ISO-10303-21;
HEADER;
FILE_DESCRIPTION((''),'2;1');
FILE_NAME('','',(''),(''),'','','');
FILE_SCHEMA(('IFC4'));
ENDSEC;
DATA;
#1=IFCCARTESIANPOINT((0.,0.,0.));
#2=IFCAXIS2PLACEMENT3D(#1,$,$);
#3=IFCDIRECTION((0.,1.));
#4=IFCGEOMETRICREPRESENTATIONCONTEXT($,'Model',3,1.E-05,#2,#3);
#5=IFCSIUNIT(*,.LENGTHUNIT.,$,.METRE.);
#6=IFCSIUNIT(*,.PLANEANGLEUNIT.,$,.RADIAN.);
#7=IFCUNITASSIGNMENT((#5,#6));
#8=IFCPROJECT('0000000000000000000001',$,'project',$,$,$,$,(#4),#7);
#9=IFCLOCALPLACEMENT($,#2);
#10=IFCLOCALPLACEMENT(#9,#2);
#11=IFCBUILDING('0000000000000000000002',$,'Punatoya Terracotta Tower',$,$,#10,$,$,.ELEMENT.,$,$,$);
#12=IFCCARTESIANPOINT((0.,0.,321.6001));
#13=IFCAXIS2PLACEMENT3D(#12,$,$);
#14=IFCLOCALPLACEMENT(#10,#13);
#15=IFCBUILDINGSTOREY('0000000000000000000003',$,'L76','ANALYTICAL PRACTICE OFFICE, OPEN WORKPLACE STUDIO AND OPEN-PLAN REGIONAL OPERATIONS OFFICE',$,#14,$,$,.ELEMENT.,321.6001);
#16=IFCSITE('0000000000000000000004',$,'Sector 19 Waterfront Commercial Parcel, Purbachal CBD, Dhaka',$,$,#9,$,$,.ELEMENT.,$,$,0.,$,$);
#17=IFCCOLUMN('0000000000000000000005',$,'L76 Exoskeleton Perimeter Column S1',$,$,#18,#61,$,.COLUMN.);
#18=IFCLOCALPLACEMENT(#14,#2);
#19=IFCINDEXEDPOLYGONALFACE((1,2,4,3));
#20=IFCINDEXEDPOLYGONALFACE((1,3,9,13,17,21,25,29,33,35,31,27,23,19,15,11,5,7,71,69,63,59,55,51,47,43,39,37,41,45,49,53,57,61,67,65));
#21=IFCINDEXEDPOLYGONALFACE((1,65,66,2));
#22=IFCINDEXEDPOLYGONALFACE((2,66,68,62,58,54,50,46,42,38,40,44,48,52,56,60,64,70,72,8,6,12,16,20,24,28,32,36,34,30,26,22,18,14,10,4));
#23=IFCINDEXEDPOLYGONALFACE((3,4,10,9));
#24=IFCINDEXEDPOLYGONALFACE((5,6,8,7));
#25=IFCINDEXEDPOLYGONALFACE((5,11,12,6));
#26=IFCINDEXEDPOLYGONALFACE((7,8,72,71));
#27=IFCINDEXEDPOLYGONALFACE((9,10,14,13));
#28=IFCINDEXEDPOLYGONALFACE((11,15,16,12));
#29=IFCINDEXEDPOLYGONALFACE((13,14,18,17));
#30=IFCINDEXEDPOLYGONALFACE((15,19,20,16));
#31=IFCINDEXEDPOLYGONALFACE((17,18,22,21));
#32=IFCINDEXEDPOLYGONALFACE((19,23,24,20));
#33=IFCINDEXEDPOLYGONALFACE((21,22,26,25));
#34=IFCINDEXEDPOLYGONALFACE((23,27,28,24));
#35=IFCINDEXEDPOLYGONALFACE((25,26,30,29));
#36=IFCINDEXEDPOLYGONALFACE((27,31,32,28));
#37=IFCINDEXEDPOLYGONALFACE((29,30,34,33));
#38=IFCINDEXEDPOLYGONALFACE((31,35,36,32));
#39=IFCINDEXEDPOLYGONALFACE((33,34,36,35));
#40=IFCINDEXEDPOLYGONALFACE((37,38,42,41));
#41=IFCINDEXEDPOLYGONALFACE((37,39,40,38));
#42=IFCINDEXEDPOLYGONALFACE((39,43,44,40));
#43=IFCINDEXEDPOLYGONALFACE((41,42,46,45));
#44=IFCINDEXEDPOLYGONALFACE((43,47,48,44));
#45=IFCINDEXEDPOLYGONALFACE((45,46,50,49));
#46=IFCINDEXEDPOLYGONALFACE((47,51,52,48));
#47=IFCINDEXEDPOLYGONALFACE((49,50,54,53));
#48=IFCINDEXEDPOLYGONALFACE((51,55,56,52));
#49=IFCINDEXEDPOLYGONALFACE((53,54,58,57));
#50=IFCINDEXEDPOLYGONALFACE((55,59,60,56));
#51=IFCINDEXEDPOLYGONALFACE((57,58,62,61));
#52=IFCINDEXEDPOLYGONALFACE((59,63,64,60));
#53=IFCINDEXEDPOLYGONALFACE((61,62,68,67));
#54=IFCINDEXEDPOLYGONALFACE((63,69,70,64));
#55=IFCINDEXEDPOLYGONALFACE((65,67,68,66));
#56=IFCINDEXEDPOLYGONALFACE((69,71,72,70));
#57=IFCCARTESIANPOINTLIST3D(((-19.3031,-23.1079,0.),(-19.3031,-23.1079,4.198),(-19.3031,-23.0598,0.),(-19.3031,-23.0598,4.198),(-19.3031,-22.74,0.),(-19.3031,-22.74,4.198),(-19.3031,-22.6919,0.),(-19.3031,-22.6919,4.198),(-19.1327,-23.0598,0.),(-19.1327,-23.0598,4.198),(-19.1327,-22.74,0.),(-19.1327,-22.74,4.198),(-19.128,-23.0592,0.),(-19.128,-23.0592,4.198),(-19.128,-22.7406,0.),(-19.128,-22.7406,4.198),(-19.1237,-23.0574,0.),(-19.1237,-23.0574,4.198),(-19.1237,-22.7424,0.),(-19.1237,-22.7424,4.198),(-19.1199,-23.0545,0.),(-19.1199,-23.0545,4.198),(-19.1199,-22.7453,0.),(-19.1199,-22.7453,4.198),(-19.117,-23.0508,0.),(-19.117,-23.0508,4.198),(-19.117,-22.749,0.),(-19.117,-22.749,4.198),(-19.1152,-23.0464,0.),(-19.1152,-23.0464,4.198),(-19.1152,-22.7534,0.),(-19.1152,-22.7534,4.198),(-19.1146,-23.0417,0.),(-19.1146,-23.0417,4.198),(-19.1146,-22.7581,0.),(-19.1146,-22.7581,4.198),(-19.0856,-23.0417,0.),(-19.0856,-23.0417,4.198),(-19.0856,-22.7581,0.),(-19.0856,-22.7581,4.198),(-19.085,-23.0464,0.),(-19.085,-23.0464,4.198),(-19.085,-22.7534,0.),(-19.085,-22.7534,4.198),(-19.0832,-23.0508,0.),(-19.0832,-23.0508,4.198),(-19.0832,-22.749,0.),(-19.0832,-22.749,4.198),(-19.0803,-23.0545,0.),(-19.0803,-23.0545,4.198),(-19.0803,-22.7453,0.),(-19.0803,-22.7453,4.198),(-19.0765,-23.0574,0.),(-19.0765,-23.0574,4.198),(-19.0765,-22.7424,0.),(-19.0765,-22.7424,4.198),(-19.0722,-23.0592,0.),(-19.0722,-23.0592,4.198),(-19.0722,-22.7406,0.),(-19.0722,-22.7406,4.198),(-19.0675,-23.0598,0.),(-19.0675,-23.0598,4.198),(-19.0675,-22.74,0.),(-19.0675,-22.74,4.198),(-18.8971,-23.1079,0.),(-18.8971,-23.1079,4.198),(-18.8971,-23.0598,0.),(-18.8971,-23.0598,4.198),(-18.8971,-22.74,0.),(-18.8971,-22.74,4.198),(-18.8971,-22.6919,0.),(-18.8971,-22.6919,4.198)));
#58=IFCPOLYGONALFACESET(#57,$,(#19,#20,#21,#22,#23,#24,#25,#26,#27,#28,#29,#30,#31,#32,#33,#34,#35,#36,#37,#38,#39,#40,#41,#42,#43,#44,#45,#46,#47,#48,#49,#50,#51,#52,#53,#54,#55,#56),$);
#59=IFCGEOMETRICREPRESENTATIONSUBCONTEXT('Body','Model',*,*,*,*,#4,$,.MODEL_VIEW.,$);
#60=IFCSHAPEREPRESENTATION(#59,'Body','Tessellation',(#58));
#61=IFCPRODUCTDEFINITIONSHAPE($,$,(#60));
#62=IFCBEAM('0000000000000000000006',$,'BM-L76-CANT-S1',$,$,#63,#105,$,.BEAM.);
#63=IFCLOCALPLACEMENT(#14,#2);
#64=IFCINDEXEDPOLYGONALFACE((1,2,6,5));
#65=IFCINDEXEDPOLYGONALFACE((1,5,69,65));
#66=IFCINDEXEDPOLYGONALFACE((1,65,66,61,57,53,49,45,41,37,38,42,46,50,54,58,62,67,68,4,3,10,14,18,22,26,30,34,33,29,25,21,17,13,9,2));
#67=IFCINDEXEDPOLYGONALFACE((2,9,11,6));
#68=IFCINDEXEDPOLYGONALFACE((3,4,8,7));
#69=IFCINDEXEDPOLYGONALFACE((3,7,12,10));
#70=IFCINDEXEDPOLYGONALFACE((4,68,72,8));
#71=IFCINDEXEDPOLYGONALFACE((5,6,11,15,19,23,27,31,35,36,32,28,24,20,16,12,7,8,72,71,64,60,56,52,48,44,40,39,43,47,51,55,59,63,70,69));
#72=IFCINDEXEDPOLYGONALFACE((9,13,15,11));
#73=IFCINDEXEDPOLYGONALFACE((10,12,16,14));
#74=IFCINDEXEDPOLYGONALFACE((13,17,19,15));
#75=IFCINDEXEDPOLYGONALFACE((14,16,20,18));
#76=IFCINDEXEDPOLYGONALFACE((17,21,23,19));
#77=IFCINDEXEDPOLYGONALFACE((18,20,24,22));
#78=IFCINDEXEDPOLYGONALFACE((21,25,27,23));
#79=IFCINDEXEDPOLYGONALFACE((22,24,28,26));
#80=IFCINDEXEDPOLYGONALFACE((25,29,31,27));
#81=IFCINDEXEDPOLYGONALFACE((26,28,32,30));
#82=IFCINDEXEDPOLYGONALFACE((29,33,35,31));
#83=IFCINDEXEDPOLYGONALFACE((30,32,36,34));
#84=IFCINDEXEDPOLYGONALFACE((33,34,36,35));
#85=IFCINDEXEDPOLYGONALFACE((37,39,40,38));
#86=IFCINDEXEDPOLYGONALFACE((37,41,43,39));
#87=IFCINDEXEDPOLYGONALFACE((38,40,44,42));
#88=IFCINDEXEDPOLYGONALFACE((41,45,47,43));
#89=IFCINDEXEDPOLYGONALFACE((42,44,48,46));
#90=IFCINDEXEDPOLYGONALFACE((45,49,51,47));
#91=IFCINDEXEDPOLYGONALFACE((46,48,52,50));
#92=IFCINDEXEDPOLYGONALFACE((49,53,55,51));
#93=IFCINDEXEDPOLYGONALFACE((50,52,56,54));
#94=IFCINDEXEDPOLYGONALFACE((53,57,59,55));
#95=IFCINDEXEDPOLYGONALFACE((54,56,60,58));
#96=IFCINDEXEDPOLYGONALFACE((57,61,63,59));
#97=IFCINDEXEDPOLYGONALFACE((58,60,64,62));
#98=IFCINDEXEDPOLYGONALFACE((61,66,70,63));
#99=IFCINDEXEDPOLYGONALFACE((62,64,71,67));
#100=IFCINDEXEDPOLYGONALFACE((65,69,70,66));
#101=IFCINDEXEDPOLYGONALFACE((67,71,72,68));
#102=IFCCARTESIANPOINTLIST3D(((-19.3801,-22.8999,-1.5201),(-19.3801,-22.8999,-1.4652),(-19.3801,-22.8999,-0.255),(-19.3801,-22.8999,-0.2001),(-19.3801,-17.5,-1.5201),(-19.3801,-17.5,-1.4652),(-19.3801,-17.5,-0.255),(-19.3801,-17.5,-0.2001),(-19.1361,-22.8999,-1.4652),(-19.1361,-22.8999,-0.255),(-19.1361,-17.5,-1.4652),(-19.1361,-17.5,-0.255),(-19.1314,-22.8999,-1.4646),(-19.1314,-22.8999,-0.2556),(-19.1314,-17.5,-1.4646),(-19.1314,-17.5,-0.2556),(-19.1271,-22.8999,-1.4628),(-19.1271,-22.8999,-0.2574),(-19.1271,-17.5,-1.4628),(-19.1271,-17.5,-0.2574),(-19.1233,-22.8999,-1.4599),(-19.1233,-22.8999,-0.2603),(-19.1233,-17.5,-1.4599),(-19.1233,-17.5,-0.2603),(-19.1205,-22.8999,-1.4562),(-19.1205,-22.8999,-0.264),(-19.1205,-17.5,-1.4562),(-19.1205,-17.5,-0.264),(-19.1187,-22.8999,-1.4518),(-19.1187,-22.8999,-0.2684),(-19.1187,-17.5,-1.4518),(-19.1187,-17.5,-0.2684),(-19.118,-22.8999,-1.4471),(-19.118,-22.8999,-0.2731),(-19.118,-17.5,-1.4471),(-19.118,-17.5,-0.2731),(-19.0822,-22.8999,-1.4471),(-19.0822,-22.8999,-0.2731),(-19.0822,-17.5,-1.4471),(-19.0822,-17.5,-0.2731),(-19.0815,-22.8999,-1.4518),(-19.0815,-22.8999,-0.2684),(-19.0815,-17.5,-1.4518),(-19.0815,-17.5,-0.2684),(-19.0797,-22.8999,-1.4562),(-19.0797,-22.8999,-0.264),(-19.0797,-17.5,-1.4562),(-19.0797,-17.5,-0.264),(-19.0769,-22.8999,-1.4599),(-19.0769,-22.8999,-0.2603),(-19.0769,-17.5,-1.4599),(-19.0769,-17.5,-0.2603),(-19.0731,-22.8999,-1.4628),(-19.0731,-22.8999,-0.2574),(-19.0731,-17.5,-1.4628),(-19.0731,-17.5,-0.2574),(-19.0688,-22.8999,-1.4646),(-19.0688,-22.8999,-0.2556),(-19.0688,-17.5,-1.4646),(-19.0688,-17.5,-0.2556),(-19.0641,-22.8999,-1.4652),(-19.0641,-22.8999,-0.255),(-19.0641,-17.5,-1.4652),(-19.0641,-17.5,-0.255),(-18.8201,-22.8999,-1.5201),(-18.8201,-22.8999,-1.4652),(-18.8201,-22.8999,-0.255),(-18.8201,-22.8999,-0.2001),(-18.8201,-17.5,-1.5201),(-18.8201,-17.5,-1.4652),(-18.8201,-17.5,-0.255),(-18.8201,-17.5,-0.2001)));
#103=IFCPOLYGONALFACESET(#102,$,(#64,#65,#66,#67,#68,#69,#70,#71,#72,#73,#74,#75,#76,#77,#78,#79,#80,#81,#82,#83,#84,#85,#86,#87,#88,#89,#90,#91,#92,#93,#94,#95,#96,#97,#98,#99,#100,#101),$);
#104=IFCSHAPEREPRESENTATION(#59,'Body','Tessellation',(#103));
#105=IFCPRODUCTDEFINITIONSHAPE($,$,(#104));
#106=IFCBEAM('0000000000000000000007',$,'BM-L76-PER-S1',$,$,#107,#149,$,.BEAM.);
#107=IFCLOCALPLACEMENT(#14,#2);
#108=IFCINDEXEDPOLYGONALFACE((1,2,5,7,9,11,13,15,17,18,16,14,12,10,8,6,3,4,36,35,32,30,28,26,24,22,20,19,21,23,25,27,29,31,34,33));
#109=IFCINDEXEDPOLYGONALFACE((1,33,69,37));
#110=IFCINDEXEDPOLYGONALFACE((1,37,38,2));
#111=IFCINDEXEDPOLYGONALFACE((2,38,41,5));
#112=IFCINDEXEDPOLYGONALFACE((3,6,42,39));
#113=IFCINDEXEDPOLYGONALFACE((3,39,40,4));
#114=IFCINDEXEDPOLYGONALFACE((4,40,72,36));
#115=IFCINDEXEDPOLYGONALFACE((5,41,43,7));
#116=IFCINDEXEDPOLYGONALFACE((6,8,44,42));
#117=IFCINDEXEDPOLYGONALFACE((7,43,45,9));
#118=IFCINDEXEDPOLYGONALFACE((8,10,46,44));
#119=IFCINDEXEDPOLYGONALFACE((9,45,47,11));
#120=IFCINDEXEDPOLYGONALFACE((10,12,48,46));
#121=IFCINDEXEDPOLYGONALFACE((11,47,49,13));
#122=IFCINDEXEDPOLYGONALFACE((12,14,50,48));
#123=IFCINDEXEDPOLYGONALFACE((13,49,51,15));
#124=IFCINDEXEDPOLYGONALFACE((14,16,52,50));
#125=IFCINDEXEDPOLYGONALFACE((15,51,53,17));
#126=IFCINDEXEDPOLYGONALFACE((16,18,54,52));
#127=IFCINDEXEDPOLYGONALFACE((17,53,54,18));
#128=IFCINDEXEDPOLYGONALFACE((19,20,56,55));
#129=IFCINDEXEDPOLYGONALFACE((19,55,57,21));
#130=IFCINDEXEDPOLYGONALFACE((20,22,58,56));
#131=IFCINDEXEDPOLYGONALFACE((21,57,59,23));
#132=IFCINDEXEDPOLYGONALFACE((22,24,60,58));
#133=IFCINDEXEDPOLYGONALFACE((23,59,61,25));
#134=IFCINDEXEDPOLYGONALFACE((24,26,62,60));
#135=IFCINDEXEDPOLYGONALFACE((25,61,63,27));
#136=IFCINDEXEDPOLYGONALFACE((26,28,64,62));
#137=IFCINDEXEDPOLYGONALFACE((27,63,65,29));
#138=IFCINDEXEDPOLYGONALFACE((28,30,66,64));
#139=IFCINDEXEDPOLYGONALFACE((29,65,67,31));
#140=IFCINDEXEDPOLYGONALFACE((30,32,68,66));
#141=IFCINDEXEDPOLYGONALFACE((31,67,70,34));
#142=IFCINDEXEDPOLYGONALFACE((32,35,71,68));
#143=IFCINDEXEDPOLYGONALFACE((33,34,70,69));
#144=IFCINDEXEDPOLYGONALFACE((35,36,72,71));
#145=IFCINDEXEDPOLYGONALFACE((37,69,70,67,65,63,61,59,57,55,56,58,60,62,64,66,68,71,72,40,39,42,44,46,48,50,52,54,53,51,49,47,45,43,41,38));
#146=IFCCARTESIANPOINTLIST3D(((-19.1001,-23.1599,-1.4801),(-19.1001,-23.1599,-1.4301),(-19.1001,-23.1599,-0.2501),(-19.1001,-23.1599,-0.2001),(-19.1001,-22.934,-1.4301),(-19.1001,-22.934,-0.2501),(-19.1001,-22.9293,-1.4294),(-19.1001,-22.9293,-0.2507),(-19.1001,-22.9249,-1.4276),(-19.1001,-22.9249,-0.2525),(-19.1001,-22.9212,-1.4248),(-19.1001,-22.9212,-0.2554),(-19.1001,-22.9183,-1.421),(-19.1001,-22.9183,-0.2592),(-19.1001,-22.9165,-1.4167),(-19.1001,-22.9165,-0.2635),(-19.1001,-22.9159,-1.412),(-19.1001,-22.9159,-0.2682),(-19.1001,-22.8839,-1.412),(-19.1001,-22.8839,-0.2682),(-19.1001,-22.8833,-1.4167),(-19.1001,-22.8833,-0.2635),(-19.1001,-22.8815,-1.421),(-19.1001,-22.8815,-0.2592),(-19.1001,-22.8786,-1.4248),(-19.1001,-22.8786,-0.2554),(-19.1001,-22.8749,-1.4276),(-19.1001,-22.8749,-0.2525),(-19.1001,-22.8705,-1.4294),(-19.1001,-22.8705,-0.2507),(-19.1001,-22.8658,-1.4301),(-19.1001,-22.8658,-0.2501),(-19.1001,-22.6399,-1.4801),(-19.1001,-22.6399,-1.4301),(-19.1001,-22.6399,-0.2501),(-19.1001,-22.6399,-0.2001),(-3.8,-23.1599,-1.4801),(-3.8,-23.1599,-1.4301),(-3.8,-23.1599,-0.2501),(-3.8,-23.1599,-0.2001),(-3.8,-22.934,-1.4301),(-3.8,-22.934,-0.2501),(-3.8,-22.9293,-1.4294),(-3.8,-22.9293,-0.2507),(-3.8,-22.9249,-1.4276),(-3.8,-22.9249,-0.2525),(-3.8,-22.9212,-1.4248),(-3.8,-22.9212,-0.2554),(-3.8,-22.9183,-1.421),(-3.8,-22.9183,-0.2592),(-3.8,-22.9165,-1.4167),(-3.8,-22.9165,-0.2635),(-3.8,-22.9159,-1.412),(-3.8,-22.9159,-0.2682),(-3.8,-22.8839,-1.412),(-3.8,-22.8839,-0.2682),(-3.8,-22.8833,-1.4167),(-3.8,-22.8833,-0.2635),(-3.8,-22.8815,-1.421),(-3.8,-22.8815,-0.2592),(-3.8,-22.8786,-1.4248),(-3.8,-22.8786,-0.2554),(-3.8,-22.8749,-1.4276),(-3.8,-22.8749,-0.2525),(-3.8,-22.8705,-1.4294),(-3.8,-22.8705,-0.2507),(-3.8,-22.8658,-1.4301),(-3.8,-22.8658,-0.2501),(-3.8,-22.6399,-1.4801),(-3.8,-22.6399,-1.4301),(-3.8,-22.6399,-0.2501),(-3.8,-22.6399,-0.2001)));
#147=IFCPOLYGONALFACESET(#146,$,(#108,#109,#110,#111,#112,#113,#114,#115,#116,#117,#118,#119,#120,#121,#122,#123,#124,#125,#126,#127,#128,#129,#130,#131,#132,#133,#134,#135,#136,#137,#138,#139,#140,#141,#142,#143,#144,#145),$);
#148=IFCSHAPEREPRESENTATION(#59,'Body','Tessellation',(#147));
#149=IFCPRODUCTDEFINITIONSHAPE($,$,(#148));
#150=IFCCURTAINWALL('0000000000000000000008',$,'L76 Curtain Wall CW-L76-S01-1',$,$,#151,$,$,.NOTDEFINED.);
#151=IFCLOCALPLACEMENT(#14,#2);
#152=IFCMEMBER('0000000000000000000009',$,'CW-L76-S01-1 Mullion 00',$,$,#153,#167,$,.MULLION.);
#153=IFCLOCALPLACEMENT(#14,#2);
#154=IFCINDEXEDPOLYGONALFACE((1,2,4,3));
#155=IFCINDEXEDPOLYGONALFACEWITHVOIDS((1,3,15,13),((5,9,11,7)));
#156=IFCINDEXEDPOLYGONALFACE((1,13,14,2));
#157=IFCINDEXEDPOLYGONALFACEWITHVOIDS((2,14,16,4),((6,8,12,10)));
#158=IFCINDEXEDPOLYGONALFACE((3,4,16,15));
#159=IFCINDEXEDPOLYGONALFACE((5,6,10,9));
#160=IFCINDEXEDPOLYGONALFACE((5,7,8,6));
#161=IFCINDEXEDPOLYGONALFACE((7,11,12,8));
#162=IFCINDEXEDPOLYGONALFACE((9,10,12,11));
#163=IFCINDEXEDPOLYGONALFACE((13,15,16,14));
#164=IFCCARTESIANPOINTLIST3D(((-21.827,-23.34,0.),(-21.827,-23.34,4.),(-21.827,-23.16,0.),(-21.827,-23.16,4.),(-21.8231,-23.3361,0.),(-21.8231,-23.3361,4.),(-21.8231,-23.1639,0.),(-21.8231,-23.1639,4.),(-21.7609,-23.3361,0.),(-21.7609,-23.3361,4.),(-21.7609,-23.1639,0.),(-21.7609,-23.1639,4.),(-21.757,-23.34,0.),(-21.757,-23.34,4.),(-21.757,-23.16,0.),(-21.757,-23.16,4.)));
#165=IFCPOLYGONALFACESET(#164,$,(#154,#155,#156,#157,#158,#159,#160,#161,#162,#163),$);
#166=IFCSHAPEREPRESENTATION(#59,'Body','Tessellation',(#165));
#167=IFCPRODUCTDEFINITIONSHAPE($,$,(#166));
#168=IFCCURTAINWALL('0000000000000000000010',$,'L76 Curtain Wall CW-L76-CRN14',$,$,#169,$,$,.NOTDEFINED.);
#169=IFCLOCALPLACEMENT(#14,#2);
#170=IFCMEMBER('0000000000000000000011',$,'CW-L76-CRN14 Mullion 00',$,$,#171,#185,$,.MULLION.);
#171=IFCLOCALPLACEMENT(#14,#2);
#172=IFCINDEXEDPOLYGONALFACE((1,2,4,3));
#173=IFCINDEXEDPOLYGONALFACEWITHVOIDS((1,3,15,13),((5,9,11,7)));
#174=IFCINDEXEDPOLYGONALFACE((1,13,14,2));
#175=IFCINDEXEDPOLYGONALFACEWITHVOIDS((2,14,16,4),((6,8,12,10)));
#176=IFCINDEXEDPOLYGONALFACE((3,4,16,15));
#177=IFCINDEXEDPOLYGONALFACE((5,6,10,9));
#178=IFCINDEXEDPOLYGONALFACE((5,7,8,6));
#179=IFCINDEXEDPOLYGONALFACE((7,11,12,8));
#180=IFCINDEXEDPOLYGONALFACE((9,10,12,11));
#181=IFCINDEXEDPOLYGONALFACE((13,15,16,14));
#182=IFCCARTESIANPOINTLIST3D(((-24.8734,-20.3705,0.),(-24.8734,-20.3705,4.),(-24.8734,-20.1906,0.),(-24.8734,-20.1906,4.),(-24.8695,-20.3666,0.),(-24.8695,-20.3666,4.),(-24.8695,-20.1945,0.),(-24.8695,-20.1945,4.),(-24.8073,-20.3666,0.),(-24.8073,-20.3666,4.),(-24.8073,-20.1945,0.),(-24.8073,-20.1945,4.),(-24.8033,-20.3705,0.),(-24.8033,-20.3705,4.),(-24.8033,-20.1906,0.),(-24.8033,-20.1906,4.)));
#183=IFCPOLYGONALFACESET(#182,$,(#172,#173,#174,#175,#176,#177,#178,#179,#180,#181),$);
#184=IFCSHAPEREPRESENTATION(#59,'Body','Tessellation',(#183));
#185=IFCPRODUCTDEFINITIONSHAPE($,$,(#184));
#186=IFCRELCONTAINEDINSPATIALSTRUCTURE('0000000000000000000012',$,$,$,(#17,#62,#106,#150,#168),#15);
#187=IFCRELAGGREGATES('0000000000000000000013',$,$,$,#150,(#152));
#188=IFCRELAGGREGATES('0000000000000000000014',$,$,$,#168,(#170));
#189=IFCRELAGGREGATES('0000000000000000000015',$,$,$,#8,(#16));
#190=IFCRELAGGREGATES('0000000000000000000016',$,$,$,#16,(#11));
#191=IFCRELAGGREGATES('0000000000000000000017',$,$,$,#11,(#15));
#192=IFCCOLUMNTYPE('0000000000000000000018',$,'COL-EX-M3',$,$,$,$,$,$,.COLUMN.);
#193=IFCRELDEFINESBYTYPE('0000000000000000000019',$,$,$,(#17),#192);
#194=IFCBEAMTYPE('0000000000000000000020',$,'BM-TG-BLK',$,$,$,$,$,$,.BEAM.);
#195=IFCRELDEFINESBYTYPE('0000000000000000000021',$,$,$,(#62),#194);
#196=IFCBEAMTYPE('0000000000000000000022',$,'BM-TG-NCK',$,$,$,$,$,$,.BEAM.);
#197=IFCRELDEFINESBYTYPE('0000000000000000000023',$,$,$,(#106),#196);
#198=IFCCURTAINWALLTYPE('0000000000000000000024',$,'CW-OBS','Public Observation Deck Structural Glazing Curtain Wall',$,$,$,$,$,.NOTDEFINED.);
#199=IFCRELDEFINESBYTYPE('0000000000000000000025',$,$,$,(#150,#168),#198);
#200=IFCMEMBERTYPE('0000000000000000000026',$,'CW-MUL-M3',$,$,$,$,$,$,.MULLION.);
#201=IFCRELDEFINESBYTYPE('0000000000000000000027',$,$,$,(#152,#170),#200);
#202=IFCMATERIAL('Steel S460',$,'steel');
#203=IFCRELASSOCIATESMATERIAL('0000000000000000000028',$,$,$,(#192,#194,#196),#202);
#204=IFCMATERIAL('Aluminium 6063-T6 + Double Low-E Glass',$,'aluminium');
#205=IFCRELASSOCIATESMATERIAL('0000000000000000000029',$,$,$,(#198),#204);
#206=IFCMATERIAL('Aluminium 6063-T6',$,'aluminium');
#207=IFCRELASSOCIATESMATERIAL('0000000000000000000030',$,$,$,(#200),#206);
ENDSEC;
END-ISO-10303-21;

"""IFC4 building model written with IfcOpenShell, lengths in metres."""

from ifc_helpers import new_model, si_unit, direction, frame, origin, origin_2d, place, context, subcontext, project, spatial, hollow_rectangle, i_section, extrude, material, material_profile, profile_set, type_object, element, aggregate, save


model = new_model("IFC4")

# Units and contexts
model_context = context("Model", 3, precision=1e-05, world=origin(), true_north=direction((0.0, 1.0)))
body_context = subcontext(model_context, "Body", "Model", "MODEL_VIEW")
ifc_project = project(units=[si_unit("LENGTHUNIT", "METRE"), si_unit("PLANEANGLEUNIT", "RADIAN")], contexts=[model_context])

# Site, building, storey
site_placement = place(None, origin())
site = spatial("IfcSite", under=ifc_project, at=site_placement, Name="Sector 19 Waterfront Commercial Parcel, Purbachal CBD, Dhaka", CompositionType="ELEMENT", RefElevation=0.0)
building_placement = place(site_placement, origin())
building = spatial("IfcBuilding", under=site, at=building_placement, Name="Punatoya Terracotta Tower", CompositionType="ELEMENT")
storey_placement = place(building_placement, frame((0.0, 0.0, 321.6001)))
storey = spatial("IfcBuildingStorey", under=building, at=storey_placement, Name="L76", Description="ANALYTICAL PRACTICE OFFICE, OPEN WORKPLACE STUDIO AND OPEN-PLAN REGIONAL OPERATIONS OFFICE", CompositionType="ELEMENT", Elevation=321.6001)

# Column
ifc_material_1 = material(Name="Steel S460", Category="steel")
ifc_material_profile_1 = material_profile(ifc_material_1, i_section(OverallWidth=0.406, OverallDepth=0.416, WebThickness=0.0291, FlangeThickness=0.0481, FilletRadius=0.0181, at=origin_2d()))
ifc_profile_set_1 = profile_set([ifc_material_profile_1], Name="Steel S460")
column_type = type_object("IfcColumnType", Name="COL-EX-M3", PredefinedType="COLUMN", material=ifc_profile_set_1)
column_placement = place(storey_placement, frame((-19.1001, -22.8999, 0.0), z_axis=(0.0, 0.0, 1.0), x_axis=(1.0, 0.0, 0.0)))
element("IfcColumn", 1, at=column_placement, inside=storey, type_object=column_type, Name="L76 Exoskeleton Perimeter Column S1", PredefinedType="COLUMN", context=body_context, shape_type="SweptSolid", body=[
    extrude(i_section(OverallWidth=0.406, OverallDepth=0.416, WebThickness=0.0291, FlangeThickness=0.0481, FilletRadius=0.0181, at=origin_2d()), origin(), (0.0, 0.0, 1.0), 4.198),
])

# Beams
ifc_material_profile_2 = material_profile(ifc_material_1, i_section(OverallWidth=0.5601, OverallDepth=1.3201, WebThickness=0.0359, FlangeThickness=0.0549, FilletRadius=0.0181, at=origin_2d()))
ifc_profile_set_2 = profile_set([ifc_material_profile_2], Name="Steel S460")
beam_type_1 = type_object("IfcBeamType", Name="BM-TG-BLK", PredefinedType="BEAM", material=ifc_profile_set_2)
beam_1_placement = place(storey_placement, frame((-19.1001, -22.8999, -0.8601), z_axis=(0.0, 1.0, 0.0), x_axis=(-1.0, 0.0, 0.0)))
element("IfcBeam", 2, at=beam_1_placement, inside=storey, type_object=beam_type_1, Name="BM-L76-CANT-S1", PredefinedType="BEAM", context=body_context, shape_type="SweptSolid", body=[
    extrude(i_section(OverallWidth=0.5601, OverallDepth=1.3201, WebThickness=0.0359, FlangeThickness=0.0549, FilletRadius=0.0181, at=origin_2d()), origin(), (0.0, 0.0, 1.0), 5.3999),
])
ifc_material_profile_3 = material_profile(ifc_material_1, i_section(OverallWidth=0.52, OverallDepth=1.28, WebThickness=0.032, FlangeThickness=0.05, FilletRadius=0.0181, at=origin_2d()))
ifc_profile_set_3 = profile_set([ifc_material_profile_3], Name="Steel S460")
beam_type_2 = type_object("IfcBeamType", Name="BM-TG-NCK", PredefinedType="BEAM", material=ifc_profile_set_3)
beam_2_placement = place(storey_placement, frame((-19.1001, -22.8999, -0.8401), z_axis=(1.0, 0.0, 0.0), x_axis=(0.0, 1.0, 0.0)))
element("IfcBeam", 3, at=beam_2_placement, inside=storey, type_object=beam_type_2, Name="BM-L76-PER-S1", PredefinedType="BEAM", context=body_context, shape_type="SweptSolid", body=[
    extrude(i_section(OverallWidth=0.52, OverallDepth=1.28, WebThickness=0.032, FlangeThickness=0.05, FilletRadius=0.0181, at=origin_2d()), origin(), (0.0, 0.0, 1.0), 15.3),
])

# Curtain wall, member
ifc_material_2 = material(Name="Aluminium 6063-T6 + Double Low-E Glass", Category="aluminium")
curtain_wall_type = type_object("IfcCurtainWallType", Name="CW-OBS", Description="Public Observation Deck Structural Glazing Curtain Wall", PredefinedType="NOTDEFINED", material=ifc_material_2)
curtain_wall_1_placement = place(storey_placement, origin())
curtain_wall_1 = element("IfcCurtainWall", 4, at=curtain_wall_1_placement, inside=storey, type_object=curtain_wall_type, Name="L76 Curtain Wall CW-L76-S01-1", PredefinedType="NOTDEFINED")
ifc_material_3 = material(Name="Aluminium 6063-T6", Category="aluminium")
ifc_material_profile_4 = material_profile(ifc_material_3, hollow_rectangle(XDim=0.0701, YDim=0.1799, WallThickness=0.0039, at=origin_2d()))
ifc_profile_set_4 = profile_set([ifc_material_profile_4], Name="Aluminium 6063-T6")
member_type_1 = type_object("IfcMemberType", Name="CW-MUL-M3", PredefinedType="MULLION", material=ifc_profile_set_4)
member_1_placement = place(storey_placement, frame((-21.792, -23.25, 0.0), z_axis=(0.0, 0.0, 1.0), x_axis=(1.0, 0.0, 0.0)))
member_1 = element("IfcMember", 5, at=member_1_placement, type_object=member_type_1, Name="CW-L76-S01-1 Mullion 00", PredefinedType="MULLION", context=body_context, shape_type="SweptSolid", body=[
    extrude(hollow_rectangle(XDim=0.0701, YDim=0.1799, WallThickness=0.0039, at=origin_2d()), origin(), (0.0, 0.0, 1.0), 4.0),
])

# Curtain wall, member
curtain_wall_2_placement = place(storey_placement, origin())
curtain_wall_2 = element("IfcCurtainWall", 6, at=curtain_wall_2_placement, inside=storey, type_object=curtain_wall_type, Name="L76 Curtain Wall CW-L76-CRN14", PredefinedType="NOTDEFINED")
member_2_placement = place(storey_placement, frame((-24.8384, -20.2805, 0.0), z_axis=(0.0, 0.0, 1.0), x_axis=(1.0, 0.0, 0.0)))
member_2 = element("IfcMember", 7, at=member_2_placement, type_object=member_type_1, Name="CW-L76-CRN14 Mullion 00", PredefinedType="MULLION", context=body_context, shape_type="SweptSolid", body=[
    extrude(hollow_rectangle(XDim=0.0701, YDim=0.1799, WallThickness=0.0039, at=origin_2d()), origin(), (0.0, 0.0, 1.0), 4.0),
])

aggregate(curtain_wall_1, [member_1])
aggregate(curtain_wall_2, [member_2])

save(model, "model.ifc")
